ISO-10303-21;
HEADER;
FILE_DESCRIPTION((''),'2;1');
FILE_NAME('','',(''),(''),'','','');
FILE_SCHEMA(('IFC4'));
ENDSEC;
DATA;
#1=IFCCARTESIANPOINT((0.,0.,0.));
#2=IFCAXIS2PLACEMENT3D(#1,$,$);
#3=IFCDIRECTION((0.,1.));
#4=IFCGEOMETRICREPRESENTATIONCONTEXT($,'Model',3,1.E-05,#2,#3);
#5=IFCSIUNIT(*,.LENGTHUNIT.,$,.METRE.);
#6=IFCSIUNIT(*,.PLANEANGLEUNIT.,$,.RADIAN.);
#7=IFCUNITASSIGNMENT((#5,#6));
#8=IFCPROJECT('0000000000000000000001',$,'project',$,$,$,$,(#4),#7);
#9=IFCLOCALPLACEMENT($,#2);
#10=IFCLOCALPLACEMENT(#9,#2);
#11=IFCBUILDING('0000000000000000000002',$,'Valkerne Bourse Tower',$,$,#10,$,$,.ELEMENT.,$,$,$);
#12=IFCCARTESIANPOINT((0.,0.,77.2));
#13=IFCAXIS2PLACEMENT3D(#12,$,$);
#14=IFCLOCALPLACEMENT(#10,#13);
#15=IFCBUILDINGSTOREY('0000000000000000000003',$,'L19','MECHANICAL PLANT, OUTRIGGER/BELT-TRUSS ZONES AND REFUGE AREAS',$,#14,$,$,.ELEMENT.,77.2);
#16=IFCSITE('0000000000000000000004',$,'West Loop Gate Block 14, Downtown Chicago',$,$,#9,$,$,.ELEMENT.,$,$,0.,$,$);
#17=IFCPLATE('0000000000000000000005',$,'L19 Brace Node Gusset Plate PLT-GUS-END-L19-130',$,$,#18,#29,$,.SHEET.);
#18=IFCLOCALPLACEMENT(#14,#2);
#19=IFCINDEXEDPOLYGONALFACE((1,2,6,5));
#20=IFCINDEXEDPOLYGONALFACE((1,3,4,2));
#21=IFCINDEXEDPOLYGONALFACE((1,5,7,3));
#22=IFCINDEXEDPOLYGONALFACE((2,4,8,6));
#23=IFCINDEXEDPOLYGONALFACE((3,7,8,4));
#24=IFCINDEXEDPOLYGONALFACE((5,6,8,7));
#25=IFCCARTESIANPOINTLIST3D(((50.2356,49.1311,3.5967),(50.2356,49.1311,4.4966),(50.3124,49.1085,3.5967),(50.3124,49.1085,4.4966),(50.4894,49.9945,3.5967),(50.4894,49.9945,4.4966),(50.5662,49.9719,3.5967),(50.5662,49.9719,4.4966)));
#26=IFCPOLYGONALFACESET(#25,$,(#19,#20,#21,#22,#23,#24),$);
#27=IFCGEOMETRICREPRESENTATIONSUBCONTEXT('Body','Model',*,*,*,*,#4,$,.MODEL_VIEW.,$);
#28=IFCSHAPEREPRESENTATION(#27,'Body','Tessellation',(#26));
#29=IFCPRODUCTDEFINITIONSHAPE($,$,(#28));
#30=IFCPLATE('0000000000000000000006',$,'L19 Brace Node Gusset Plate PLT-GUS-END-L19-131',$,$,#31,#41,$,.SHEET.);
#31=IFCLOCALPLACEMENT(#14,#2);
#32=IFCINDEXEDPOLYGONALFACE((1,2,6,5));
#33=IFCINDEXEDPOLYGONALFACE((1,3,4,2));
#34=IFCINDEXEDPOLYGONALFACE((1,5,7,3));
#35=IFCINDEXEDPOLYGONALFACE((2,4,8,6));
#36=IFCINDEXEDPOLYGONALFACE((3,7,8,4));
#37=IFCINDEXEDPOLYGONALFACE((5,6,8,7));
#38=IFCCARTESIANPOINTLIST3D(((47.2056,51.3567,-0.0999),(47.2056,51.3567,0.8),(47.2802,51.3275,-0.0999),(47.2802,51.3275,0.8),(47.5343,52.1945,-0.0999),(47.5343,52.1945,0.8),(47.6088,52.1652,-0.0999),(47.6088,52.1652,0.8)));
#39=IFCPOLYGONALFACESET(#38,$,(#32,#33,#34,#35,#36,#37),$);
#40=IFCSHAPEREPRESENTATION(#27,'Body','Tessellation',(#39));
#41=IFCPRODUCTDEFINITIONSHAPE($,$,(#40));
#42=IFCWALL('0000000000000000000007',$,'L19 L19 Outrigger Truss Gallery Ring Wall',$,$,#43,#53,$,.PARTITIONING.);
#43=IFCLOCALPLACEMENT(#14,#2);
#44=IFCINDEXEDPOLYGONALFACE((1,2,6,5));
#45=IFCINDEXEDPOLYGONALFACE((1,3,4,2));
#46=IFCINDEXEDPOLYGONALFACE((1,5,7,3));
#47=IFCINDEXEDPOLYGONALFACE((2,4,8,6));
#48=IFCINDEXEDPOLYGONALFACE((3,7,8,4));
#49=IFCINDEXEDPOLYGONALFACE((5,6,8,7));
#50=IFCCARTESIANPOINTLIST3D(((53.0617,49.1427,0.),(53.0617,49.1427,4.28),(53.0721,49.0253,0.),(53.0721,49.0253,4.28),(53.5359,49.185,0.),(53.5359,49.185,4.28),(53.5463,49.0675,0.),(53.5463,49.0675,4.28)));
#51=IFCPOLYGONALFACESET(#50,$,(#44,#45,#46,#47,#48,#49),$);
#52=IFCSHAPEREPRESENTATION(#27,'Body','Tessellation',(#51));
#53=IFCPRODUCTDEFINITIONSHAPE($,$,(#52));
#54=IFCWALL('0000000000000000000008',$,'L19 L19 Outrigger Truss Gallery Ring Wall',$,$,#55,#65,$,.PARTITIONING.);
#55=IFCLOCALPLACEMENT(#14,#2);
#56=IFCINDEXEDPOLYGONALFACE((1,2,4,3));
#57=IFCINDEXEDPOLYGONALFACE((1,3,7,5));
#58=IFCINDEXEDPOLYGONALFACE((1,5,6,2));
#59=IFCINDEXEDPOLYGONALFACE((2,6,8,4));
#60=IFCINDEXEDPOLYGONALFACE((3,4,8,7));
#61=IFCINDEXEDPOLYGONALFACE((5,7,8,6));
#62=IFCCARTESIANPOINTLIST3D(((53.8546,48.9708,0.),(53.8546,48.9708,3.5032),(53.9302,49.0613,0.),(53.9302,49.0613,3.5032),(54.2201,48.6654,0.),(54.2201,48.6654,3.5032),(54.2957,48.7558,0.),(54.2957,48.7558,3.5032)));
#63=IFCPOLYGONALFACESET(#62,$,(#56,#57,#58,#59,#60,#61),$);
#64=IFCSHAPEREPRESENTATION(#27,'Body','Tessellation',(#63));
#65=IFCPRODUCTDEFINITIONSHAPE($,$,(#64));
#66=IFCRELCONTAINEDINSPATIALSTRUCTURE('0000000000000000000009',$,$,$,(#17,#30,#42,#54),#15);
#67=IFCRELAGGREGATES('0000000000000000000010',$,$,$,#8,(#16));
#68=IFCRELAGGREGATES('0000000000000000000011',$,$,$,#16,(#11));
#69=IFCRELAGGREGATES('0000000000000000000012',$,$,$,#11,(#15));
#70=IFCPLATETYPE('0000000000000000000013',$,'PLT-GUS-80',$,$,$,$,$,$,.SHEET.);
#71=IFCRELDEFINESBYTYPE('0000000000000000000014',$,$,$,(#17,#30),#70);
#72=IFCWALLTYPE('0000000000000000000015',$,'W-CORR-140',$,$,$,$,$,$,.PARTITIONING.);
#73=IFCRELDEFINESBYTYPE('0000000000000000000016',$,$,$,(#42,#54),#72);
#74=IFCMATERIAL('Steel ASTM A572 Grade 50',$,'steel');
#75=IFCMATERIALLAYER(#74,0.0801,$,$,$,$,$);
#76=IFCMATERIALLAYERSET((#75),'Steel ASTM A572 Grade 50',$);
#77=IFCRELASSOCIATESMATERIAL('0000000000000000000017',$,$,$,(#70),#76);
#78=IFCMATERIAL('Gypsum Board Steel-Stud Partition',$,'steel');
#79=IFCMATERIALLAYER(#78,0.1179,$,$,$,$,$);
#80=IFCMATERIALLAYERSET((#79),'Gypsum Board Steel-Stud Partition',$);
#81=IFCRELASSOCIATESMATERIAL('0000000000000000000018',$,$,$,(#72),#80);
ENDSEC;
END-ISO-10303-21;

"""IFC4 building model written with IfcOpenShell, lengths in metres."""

from ifc_helpers import new_model, si_unit, direction, frame, frame_2d, origin, origin_2d, place, context, subcontext, project, spatial, rectangle, extrude, material, layer, layer_set, type_object, element, save


model = new_model("IFC4")

# Units and contexts
model_context = context("Model", 3, precision=1e-05, world=origin(), true_north=direction((0.0, 1.0)))
body_context = subcontext(model_context, "Body", "Model", "MODEL_VIEW")
ifc_project = project(units=[si_unit("LENGTHUNIT", "METRE"), si_unit("PLANEANGLEUNIT", "RADIAN")], contexts=[model_context])

# Site, building, storey
site_placement = place(None, origin())
site = spatial("IfcSite", under=ifc_project, at=site_placement, Name="West Loop Gate Block 14, Downtown Chicago", CompositionType="ELEMENT", RefElevation=0.0)
building_placement = place(site_placement, origin())
building = spatial("IfcBuilding", under=site, at=building_placement, Name="Valkerne Bourse Tower", CompositionType="ELEMENT")
storey_placement = place(building_placement, frame((0.0, 0.0, 77.2)))
storey = spatial("IfcBuildingStorey", under=building, at=storey_placement, Name="L19", Description="MECHANICAL PLANT, OUTRIGGER/BELT-TRUSS ZONES AND REFUGE AREAS", CompositionType="ELEMENT", Elevation=77.2)

# Plates
ifc_material_1 = material(Name="Steel ASTM A572 Grade 50", Category="steel")
ifc_layer_1 = layer(ifc_material_1, 0.0801)
ifc_layer_set_1 = layer_set([ifc_layer_1], Name="Steel ASTM A572 Grade 50")
plate_type_1 = type_object("IfcPlateType", Name="PLT-GUS-80", PredefinedType="SHEET", material=ifc_layer_set_1)
for number, where, z_axis, x_axis, name in (
    (1, (50.4009, 49.5515, 3.5967), (0.0, 0.0, 1.0), (-0.282007, -0.959412, 0.0), "L19 Brace Node Gusset Plate PLT-GUS-END-L19-130"),
    (2, (47.4072, 51.761, -0.0999), (0.0, 0.0, 1.0), (-0.365202, -0.930928, 0.0), "L19 Brace Node Gusset Plate PLT-GUS-END-L19-131"),
):
    element("IfcPlate", number, at=place(storey_placement, frame(where, z_axis=z_axis, x_axis=x_axis)), inside=storey, type_object=plate_type_1, Name=name, PredefinedType="SHEET", context=body_context, shape_type="SweptSolid", body=[
        extrude(rectangle(XDim=0.8999, YDim=0.0801, at=origin_2d()), origin(), (0.0, 0.0, 1.0), 0.8999),
    ])

# Walls
ifc_material_2 = material(Name="Gypsum Board Steel-Stud Partition", Category="steel")
ifc_layer_2 = layer(ifc_material_2, 0.1179)
ifc_layer_set_2 = layer_set([ifc_layer_2], Name="Gypsum Board Steel-Stud Partition")
wall_type = type_object("IfcWallType", Name="W-CORR-140", PredefinedType="PARTITIONING", material=ifc_layer_set_2)
wall_1_placement = place(storey_placement, frame((53.0669, 49.084, 0.0), z_axis=(0.0, 0.0, 1.0), x_axis=(0.996056, 0.088732, 0.0)))
element("IfcWall", 3, at=wall_1_placement, inside=storey, type_object=wall_type, Name="L19 L19 Outrigger Truss Gallery Ring Wall", PredefinedType="PARTITIONING", context=body_context, shape_type="SweptSolid", body=[
    extrude(rectangle(XDim=0.4761, YDim=0.1179, at=frame_2d((0.238, 0.0))), origin(), (0.0, 0.0, 1.0), 4.28),
])
wall_2_placement = place(storey_placement, frame((53.8923, 49.0161, 0.0), z_axis=(0.0, 0.0, 1.0), x_axis=(0.767338, -0.641243, 0.0)))
element("IfcWall", 4, at=wall_2_placement, inside=storey, type_object=wall_type, Name="L19 L19 Outrigger Truss Gallery Ring Wall", PredefinedType="PARTITIONING", context=body_context, shape_type="SweptSolid", body=[
    extrude(rectangle(XDim=0.4763, YDim=0.1179, at=frame_2d((0.2383, 0.0))), origin(), (0.0, 0.0, 1.0), 3.5032),
])

save(model, "model.ifc")
